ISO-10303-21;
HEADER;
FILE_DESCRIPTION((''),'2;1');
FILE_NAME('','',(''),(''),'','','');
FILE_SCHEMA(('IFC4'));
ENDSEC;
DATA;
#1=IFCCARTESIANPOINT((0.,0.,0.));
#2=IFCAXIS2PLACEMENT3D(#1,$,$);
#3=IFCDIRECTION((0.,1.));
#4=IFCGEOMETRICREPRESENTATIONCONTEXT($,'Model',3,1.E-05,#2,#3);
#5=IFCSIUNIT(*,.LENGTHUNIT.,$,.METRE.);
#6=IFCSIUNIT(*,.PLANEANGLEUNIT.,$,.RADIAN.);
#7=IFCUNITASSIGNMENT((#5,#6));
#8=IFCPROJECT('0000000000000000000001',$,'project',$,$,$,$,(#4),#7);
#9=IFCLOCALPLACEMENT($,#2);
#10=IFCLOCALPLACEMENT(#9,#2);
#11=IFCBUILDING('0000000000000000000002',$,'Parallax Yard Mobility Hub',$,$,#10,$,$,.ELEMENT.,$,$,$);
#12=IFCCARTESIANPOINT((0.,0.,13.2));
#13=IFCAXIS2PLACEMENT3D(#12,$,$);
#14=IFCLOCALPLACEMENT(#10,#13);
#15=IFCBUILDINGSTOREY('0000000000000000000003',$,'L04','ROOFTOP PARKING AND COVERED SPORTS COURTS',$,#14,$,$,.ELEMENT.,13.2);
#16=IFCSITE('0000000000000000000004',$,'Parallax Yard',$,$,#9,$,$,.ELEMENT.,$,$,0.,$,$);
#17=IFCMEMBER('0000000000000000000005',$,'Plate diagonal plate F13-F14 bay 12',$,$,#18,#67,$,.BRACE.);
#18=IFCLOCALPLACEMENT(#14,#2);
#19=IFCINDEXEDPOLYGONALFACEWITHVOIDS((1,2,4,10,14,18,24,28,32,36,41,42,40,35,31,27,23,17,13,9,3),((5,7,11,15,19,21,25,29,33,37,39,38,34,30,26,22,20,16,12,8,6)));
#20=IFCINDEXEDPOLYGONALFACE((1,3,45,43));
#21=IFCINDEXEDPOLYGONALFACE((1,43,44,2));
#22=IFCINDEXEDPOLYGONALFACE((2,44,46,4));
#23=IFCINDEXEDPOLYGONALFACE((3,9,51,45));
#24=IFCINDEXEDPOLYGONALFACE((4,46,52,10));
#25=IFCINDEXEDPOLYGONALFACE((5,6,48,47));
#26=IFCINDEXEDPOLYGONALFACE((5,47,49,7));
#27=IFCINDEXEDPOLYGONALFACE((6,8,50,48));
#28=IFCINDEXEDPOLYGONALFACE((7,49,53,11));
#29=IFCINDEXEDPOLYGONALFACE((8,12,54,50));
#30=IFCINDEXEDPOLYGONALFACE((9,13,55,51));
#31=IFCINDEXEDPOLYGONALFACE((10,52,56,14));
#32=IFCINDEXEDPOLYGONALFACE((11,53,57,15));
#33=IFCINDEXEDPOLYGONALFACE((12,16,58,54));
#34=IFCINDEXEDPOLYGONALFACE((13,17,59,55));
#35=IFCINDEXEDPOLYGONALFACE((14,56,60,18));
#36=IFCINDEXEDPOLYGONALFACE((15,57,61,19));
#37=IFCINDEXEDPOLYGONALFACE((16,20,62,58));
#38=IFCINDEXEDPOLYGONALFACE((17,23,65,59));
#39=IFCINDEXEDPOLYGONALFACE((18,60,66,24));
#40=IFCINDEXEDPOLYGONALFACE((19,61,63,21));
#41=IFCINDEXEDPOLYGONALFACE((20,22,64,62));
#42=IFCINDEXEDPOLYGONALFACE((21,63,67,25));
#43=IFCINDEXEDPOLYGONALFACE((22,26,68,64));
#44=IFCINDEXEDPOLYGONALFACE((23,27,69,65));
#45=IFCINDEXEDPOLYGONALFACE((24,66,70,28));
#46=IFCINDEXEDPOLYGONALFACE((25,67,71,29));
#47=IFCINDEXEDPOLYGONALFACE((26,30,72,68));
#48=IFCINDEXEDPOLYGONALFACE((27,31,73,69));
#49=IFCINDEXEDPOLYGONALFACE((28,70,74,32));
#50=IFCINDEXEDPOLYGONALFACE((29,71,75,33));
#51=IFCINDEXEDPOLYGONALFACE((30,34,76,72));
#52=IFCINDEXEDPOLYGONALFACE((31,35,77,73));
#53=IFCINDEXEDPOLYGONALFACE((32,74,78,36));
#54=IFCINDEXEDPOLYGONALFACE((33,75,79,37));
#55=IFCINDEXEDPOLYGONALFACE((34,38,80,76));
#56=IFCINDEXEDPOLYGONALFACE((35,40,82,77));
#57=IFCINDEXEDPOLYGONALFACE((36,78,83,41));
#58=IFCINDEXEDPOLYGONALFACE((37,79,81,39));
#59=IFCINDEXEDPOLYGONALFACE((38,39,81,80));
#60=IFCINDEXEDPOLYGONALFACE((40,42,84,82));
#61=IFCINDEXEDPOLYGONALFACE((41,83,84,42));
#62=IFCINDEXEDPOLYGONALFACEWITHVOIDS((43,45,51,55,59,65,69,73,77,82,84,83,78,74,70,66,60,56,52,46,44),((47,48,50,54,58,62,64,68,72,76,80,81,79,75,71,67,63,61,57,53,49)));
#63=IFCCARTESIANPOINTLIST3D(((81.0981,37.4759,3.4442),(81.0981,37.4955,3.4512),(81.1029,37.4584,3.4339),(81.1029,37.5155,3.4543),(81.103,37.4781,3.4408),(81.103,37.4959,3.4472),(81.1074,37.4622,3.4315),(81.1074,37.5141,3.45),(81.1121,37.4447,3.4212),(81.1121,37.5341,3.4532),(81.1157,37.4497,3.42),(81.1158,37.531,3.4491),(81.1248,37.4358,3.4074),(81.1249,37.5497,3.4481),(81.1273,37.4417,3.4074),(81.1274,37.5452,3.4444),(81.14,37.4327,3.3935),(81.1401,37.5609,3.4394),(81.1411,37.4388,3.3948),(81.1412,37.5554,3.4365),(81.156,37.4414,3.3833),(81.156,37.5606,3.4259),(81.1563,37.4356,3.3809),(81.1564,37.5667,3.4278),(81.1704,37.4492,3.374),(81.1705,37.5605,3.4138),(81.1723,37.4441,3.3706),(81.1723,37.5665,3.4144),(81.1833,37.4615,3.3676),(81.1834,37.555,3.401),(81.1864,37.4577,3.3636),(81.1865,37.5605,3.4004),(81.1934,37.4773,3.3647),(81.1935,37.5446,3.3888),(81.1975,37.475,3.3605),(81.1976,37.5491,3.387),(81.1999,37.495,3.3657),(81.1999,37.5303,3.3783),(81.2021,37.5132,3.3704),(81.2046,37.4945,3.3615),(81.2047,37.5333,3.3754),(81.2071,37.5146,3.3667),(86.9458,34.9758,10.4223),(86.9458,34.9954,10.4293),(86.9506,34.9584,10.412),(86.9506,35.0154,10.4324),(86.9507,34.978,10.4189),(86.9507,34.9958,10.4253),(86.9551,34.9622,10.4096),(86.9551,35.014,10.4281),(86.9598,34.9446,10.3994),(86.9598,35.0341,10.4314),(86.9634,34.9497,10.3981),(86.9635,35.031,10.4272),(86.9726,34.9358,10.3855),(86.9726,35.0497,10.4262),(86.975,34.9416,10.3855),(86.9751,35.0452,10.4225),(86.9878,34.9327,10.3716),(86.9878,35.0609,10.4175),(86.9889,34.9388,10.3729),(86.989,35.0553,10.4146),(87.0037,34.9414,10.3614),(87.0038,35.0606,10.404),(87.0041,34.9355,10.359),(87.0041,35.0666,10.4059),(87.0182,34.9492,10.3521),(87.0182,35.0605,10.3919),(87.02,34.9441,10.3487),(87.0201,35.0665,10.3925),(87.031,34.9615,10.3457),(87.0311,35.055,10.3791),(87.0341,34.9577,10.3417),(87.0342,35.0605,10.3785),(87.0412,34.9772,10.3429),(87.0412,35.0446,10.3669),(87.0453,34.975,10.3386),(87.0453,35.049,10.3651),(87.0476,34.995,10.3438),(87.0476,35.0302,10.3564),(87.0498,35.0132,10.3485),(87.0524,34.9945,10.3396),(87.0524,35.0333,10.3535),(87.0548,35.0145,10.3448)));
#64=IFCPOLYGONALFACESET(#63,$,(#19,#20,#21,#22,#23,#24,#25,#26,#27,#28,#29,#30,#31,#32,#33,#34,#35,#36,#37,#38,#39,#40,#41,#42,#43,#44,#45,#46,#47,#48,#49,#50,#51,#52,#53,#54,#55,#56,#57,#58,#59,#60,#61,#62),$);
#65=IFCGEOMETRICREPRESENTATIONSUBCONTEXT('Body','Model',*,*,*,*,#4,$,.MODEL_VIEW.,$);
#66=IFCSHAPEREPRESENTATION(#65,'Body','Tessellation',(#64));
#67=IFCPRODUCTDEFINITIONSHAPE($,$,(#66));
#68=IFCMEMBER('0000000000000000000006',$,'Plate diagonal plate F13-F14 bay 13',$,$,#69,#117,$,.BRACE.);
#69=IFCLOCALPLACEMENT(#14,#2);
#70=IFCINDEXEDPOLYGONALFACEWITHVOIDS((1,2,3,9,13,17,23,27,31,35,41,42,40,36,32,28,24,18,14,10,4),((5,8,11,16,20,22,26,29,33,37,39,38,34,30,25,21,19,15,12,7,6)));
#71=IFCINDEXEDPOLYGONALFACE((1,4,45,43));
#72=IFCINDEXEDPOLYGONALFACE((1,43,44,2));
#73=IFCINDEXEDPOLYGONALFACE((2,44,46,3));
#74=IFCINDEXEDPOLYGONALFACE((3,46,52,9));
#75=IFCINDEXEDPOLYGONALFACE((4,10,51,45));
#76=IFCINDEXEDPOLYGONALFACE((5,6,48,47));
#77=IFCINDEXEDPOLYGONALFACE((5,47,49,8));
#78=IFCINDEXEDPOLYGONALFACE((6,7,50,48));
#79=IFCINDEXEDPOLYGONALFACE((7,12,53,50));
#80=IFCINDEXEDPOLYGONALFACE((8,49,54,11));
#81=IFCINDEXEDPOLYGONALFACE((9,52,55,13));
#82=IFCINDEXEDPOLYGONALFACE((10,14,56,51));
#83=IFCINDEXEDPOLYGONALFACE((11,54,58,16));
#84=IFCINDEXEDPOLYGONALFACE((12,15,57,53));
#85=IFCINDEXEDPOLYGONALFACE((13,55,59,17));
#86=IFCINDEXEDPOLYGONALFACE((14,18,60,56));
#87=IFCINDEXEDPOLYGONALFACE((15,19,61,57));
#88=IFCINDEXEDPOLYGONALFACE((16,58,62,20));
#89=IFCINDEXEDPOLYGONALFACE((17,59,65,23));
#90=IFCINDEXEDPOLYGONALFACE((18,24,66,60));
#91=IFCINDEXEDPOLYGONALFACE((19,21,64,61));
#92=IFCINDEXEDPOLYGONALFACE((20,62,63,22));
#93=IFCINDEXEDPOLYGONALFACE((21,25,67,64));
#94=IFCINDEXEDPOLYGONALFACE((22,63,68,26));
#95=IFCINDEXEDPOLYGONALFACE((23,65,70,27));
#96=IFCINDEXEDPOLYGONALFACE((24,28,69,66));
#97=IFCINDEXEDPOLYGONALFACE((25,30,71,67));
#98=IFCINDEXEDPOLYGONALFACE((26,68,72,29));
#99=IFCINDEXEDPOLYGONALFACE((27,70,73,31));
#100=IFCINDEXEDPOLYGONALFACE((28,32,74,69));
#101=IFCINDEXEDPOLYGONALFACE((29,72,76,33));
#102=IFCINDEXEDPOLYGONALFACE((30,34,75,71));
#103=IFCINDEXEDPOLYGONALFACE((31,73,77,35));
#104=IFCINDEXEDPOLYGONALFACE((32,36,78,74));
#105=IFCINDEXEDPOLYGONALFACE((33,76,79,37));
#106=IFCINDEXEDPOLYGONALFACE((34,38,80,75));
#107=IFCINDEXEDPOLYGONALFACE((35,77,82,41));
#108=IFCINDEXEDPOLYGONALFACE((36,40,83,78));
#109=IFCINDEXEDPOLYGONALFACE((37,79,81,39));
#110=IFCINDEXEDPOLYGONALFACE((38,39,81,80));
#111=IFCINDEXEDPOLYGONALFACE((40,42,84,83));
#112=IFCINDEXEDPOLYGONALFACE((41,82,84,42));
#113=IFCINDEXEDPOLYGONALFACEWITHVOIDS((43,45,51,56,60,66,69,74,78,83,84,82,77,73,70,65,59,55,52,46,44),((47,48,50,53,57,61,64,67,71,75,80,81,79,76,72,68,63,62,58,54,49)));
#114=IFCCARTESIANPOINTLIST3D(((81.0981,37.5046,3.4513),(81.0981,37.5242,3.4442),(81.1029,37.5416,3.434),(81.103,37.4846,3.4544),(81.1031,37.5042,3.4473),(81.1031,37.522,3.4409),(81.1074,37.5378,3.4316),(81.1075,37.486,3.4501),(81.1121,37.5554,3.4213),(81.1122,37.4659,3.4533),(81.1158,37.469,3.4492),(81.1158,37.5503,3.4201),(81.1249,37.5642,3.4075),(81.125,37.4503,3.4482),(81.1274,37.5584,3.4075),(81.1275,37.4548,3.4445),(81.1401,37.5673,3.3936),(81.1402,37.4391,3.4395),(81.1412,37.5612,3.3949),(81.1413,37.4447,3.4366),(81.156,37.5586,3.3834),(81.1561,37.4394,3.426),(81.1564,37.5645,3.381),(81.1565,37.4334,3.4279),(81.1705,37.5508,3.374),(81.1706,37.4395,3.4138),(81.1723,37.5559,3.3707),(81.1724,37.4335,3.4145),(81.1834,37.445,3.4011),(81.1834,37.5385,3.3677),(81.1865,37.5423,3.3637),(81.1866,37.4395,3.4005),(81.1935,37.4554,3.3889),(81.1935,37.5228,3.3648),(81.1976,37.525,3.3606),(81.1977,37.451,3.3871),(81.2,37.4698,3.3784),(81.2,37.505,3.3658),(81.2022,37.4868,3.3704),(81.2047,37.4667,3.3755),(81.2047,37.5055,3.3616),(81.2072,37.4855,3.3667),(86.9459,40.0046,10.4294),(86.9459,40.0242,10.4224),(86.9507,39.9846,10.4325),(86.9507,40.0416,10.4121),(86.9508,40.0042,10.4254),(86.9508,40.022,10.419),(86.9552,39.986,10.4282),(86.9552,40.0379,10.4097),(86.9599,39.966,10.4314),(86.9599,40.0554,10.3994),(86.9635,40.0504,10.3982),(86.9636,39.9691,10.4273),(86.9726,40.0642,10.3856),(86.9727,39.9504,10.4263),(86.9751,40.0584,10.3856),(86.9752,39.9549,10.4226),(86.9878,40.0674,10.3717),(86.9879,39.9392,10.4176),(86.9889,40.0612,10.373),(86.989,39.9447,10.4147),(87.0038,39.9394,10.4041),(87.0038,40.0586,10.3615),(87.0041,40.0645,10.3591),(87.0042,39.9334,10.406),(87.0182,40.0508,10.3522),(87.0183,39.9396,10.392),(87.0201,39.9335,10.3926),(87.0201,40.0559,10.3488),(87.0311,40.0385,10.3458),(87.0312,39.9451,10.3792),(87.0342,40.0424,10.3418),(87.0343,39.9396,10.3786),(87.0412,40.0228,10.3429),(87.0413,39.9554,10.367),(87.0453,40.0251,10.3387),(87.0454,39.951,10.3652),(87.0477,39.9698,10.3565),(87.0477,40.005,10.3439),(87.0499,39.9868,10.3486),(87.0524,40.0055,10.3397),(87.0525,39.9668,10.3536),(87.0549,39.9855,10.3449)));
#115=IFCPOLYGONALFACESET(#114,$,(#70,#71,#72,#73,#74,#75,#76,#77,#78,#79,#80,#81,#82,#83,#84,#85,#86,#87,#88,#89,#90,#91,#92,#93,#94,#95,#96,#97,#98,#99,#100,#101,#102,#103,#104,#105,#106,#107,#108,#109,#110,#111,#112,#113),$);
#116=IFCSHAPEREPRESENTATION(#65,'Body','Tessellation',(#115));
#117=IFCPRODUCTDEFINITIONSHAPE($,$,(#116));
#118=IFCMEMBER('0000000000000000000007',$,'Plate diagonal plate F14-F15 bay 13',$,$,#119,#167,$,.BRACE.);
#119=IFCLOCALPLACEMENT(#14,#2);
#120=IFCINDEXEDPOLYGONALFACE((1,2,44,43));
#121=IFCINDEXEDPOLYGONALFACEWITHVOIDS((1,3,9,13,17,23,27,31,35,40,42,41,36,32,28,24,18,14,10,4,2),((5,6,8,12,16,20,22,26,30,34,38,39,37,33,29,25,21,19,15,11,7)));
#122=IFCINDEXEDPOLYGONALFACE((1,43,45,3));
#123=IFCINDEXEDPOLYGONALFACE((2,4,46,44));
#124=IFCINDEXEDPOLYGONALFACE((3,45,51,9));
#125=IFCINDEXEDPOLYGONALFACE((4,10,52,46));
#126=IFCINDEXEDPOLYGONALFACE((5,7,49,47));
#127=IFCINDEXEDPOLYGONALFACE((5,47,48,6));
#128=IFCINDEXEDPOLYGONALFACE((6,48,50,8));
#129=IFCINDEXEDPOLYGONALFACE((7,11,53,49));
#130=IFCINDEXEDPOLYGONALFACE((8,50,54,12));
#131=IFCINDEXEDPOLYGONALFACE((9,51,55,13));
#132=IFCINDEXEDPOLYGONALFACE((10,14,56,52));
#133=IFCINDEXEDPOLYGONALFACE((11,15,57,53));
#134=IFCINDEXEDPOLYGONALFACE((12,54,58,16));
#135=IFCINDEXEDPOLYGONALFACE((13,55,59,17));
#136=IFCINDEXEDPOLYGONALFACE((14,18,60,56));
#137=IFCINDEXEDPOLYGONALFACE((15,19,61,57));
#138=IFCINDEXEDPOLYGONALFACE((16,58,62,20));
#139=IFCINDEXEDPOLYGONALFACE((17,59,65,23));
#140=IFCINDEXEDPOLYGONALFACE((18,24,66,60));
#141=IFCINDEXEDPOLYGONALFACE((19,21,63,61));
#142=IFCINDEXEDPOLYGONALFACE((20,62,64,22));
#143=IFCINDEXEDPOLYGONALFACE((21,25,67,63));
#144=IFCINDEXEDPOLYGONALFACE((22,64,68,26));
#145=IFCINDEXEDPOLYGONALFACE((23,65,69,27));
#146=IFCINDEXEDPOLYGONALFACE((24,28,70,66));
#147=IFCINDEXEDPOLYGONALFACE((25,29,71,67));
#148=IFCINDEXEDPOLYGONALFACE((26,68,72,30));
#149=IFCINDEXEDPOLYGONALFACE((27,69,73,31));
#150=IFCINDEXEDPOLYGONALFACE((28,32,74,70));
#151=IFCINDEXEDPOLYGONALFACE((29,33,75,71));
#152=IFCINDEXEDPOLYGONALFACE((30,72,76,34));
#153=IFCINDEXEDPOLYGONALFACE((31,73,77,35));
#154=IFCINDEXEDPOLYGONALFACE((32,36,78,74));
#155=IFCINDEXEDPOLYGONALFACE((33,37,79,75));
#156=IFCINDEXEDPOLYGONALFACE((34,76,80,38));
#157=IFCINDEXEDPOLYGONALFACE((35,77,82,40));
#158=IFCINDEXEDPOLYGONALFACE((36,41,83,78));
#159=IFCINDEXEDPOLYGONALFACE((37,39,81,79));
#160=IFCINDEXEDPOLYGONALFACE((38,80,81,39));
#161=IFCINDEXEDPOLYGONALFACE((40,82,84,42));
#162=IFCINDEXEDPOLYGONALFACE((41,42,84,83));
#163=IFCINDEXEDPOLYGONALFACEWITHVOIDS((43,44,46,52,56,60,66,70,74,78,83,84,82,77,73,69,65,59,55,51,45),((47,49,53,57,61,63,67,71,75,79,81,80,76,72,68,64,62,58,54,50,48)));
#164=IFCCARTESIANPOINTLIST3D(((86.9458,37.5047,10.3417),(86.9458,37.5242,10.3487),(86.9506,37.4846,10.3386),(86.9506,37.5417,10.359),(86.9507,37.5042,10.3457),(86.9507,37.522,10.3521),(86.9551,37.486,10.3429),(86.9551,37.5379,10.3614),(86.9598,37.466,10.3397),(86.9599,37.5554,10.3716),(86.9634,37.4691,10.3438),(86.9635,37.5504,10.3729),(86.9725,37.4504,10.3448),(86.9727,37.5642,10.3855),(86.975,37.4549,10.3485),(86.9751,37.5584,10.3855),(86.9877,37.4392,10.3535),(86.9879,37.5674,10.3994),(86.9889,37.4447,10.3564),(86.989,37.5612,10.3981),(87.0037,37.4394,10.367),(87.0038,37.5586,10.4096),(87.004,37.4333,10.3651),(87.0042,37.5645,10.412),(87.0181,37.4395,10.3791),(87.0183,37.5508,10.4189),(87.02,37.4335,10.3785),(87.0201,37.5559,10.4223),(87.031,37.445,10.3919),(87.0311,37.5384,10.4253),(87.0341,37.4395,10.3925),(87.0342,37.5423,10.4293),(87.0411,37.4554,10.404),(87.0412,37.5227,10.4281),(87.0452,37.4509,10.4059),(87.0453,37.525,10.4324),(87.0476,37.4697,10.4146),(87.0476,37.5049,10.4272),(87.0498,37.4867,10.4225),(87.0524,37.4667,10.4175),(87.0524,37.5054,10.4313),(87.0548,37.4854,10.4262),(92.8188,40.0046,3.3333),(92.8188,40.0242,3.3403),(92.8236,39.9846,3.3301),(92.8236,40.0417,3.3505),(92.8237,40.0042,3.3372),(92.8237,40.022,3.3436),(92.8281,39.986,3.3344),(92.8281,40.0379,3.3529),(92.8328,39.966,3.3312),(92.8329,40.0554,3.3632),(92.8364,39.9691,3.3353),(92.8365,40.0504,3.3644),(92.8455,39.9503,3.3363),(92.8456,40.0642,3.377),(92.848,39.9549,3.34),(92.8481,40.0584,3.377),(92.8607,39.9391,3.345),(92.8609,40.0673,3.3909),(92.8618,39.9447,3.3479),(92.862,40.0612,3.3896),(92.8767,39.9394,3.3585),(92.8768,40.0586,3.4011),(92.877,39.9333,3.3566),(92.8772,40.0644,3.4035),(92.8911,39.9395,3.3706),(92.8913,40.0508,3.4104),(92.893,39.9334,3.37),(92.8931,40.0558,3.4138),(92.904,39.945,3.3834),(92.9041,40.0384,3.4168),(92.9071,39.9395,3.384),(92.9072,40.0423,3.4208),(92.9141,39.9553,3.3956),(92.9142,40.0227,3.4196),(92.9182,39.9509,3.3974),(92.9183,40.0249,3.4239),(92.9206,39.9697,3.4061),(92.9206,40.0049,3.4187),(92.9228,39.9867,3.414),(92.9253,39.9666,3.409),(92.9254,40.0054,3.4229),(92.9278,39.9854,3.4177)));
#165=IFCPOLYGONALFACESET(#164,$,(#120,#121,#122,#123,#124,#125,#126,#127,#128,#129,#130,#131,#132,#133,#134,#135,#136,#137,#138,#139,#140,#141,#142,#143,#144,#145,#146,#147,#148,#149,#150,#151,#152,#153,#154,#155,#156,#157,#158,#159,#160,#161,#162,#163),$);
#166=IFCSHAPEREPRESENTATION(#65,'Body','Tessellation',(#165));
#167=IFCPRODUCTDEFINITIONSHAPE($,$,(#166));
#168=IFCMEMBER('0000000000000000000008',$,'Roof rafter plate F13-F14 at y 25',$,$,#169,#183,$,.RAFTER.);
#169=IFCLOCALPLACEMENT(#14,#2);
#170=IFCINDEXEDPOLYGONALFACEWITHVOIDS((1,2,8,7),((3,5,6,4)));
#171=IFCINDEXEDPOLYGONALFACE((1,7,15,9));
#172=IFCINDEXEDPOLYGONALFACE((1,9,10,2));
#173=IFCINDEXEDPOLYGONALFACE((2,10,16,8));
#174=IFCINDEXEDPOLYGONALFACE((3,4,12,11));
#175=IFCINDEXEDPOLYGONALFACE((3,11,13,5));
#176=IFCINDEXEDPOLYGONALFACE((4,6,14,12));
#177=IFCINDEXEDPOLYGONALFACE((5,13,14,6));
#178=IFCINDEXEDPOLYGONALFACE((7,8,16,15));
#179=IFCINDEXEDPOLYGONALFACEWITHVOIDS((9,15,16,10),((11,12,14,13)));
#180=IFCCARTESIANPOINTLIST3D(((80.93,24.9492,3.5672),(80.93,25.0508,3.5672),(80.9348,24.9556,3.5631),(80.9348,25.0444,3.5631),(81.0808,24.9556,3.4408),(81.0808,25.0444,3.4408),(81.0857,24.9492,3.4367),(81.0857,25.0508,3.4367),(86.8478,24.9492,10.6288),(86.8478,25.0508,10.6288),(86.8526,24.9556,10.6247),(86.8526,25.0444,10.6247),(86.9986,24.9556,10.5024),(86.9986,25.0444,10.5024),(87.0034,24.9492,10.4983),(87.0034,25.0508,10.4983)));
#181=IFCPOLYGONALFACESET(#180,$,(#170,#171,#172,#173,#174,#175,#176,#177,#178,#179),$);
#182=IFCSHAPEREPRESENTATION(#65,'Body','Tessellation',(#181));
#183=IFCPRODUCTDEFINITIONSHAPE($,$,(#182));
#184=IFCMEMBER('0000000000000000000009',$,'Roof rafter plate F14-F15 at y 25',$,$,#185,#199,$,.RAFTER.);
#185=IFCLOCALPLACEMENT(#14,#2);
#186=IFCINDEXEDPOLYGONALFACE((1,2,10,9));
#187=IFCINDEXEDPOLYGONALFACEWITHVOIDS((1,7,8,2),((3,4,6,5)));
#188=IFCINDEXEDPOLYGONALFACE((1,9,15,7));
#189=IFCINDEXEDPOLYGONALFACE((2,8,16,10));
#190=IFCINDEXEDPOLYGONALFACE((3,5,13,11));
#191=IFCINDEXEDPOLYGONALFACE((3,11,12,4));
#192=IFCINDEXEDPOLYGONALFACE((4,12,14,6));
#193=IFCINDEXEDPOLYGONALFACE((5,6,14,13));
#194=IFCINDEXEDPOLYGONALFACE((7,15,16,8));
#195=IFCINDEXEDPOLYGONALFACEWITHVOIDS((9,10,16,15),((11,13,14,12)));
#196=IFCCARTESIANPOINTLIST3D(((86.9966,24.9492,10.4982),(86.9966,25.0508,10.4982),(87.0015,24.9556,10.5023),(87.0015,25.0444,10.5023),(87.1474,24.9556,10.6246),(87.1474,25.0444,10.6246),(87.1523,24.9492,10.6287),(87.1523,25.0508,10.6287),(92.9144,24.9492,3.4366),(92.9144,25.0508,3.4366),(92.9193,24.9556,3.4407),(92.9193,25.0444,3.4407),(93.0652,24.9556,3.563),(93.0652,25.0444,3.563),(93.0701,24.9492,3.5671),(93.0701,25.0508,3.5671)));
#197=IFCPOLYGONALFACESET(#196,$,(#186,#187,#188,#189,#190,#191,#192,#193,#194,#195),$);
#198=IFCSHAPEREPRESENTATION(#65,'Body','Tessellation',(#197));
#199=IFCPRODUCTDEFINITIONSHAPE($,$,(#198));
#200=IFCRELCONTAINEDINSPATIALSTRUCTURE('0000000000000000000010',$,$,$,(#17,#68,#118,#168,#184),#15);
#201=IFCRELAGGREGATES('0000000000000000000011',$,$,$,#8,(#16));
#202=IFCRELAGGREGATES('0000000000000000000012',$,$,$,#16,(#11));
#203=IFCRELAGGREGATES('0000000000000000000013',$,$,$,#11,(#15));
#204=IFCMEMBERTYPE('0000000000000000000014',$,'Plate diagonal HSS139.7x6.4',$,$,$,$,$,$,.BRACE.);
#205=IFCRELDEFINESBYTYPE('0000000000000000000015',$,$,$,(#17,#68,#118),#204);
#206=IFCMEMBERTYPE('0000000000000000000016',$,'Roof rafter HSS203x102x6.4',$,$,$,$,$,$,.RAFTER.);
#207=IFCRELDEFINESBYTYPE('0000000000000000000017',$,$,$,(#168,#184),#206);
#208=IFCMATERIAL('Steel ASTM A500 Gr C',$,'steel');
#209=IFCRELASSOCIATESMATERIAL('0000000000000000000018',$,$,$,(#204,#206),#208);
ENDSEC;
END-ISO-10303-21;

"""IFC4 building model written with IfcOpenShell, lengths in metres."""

from ifc_helpers import new_model, si_unit, direction, frame, origin, origin_2d, place, context, subcontext, project, spatial, hollow_rectangle, hollow_circle, extrude, material, material_profile, profile_set, type_object, element, save


model = new_model("IFC4")

# Units and contexts
model_context = context("Model", 3, precision=1e-05, world=origin(), true_north=direction((0.0, 1.0)))
body_context = subcontext(model_context, "Body", "Model", "MODEL_VIEW")
ifc_project = project(units=[si_unit("LENGTHUNIT", "METRE"), si_unit("PLANEANGLEUNIT", "RADIAN")], contexts=[model_context])

# Site, building, storey
site_placement = place(None, origin())
site = spatial("IfcSite", under=ifc_project, at=site_placement, Name="Parallax Yard", CompositionType="ELEMENT", RefElevation=0.0)
building_placement = place(site_placement, origin())
building = spatial("IfcBuilding", under=site, at=building_placement, Name="Parallax Yard Mobility Hub", CompositionType="ELEMENT")
storey_placement = place(building_placement, frame((0.0, 0.0, 13.2)))
storey = spatial("IfcBuildingStorey", under=building, at=storey_placement, Name="L04", Description="ROOFTOP PARKING AND COVERED SPORTS COURTS", CompositionType="ELEMENT", Elevation=13.2)

# Members
ifc_material_1 = material(Name="Steel ASTM A500 Gr C", Category="steel")
ifc_material_profile_1 = material_profile(ifc_material_1, hollow_circle(Radius=0.0698, WallThickness=0.0063, at=origin_2d()), Name="HSS139.7x6.4")
ifc_profile_set_1 = profile_set([ifc_material_profile_1], Name="Steel ASTM A500 Gr C")
member_type_1 = type_object("IfcMemberType", Name="Plate diagonal HSS139.7x6.4", PredefinedType="BRACE", material=ifc_profile_set_1)
for number, where, z_axis, x_axis, name in (
    (1, (87.0, 35.0, 10.3855), (-0.61937, 0.264794, -0.739097), (-0.393104, -0.919494, 0.0), "Plate diagonal plate F13-F14 bay 12"),
    (2, (81.1523, 37.5, 3.4075), (0.61937, 0.264794, 0.739097), (-0.393104, 0.919494, 0.0), "Plate diagonal plate F13-F14 bay 13"),
):
    element("IfcMember", number, at=place(storey_placement, frame(where, z_axis=z_axis, x_axis=x_axis)), inside=storey, type_object=member_type_1, Name=name, PredefinedType="BRACE", context=body_context, shape_type="SweptSolid", body=[
        extrude(hollow_circle(Radius=0.0698, WallThickness=0.0063, at=origin_2d()), origin(), (0.0, 0.0, 1.0), 9.4414),
    ])
member_1_placement = place(storey_placement, frame((87.0, 37.5, 10.3855), z_axis=(0.619547, 0.263725, -0.739331), x_axis=(-0.391665, 0.920108, 0.0)))
element("IfcMember", 3, at=member_1_placement, inside=storey, type_object=member_type_1, Name="Plate diagonal plate F14-F15 bay 13", PredefinedType="BRACE", context=body_context, shape_type="SweptSolid", body=[
    extrude(hollow_circle(Radius=0.0698, WallThickness=0.0063, at=origin_2d()), origin(), (0.0, 0.0, 1.0), 9.4795),
])
ifc_material_profile_2 = material_profile(ifc_material_1, hollow_rectangle(XDim=0.1016, YDim=0.2031, WallThickness=0.0063, at=origin_2d()), Name="HSS203x102x6.4")
ifc_profile_set_2 = profile_set([ifc_material_profile_2], Name="Steel ASTM A500 Gr C")
member_type_2 = type_object("IfcMemberType", Name="Roof rafter HSS203x102x6.4", PredefinedType="RAFTER", material=ifc_profile_set_2)
for number, where, z_axis, x_axis, name in (
    (4, (81.0078, 25.0, 3.502), (0.642304, 0.0, 0.76645), (0.0, 1.0, 0.0), "Roof rafter plate F13-F14 at y 25"),
    (5, (87.0745, 25.0, 10.5635), (0.642304, 0.0, -0.76645), (0.0, 1.0, 0.0), "Roof rafter plate F14-F15 at y 25"),
):
    element("IfcMember", number, at=place(storey_placement, frame(where, z_axis=z_axis, x_axis=x_axis)), inside=storey, type_object=member_type_2, Name=name, PredefinedType="RAFTER", context=body_context, shape_type="SweptSolid", body=[
        extrude(hollow_rectangle(XDim=0.1016, YDim=0.2031, WallThickness=0.0063, at=origin_2d()), origin(), (0.0, 0.0, 1.0), 9.2134),
    ])

save(model, "model.ifc")
